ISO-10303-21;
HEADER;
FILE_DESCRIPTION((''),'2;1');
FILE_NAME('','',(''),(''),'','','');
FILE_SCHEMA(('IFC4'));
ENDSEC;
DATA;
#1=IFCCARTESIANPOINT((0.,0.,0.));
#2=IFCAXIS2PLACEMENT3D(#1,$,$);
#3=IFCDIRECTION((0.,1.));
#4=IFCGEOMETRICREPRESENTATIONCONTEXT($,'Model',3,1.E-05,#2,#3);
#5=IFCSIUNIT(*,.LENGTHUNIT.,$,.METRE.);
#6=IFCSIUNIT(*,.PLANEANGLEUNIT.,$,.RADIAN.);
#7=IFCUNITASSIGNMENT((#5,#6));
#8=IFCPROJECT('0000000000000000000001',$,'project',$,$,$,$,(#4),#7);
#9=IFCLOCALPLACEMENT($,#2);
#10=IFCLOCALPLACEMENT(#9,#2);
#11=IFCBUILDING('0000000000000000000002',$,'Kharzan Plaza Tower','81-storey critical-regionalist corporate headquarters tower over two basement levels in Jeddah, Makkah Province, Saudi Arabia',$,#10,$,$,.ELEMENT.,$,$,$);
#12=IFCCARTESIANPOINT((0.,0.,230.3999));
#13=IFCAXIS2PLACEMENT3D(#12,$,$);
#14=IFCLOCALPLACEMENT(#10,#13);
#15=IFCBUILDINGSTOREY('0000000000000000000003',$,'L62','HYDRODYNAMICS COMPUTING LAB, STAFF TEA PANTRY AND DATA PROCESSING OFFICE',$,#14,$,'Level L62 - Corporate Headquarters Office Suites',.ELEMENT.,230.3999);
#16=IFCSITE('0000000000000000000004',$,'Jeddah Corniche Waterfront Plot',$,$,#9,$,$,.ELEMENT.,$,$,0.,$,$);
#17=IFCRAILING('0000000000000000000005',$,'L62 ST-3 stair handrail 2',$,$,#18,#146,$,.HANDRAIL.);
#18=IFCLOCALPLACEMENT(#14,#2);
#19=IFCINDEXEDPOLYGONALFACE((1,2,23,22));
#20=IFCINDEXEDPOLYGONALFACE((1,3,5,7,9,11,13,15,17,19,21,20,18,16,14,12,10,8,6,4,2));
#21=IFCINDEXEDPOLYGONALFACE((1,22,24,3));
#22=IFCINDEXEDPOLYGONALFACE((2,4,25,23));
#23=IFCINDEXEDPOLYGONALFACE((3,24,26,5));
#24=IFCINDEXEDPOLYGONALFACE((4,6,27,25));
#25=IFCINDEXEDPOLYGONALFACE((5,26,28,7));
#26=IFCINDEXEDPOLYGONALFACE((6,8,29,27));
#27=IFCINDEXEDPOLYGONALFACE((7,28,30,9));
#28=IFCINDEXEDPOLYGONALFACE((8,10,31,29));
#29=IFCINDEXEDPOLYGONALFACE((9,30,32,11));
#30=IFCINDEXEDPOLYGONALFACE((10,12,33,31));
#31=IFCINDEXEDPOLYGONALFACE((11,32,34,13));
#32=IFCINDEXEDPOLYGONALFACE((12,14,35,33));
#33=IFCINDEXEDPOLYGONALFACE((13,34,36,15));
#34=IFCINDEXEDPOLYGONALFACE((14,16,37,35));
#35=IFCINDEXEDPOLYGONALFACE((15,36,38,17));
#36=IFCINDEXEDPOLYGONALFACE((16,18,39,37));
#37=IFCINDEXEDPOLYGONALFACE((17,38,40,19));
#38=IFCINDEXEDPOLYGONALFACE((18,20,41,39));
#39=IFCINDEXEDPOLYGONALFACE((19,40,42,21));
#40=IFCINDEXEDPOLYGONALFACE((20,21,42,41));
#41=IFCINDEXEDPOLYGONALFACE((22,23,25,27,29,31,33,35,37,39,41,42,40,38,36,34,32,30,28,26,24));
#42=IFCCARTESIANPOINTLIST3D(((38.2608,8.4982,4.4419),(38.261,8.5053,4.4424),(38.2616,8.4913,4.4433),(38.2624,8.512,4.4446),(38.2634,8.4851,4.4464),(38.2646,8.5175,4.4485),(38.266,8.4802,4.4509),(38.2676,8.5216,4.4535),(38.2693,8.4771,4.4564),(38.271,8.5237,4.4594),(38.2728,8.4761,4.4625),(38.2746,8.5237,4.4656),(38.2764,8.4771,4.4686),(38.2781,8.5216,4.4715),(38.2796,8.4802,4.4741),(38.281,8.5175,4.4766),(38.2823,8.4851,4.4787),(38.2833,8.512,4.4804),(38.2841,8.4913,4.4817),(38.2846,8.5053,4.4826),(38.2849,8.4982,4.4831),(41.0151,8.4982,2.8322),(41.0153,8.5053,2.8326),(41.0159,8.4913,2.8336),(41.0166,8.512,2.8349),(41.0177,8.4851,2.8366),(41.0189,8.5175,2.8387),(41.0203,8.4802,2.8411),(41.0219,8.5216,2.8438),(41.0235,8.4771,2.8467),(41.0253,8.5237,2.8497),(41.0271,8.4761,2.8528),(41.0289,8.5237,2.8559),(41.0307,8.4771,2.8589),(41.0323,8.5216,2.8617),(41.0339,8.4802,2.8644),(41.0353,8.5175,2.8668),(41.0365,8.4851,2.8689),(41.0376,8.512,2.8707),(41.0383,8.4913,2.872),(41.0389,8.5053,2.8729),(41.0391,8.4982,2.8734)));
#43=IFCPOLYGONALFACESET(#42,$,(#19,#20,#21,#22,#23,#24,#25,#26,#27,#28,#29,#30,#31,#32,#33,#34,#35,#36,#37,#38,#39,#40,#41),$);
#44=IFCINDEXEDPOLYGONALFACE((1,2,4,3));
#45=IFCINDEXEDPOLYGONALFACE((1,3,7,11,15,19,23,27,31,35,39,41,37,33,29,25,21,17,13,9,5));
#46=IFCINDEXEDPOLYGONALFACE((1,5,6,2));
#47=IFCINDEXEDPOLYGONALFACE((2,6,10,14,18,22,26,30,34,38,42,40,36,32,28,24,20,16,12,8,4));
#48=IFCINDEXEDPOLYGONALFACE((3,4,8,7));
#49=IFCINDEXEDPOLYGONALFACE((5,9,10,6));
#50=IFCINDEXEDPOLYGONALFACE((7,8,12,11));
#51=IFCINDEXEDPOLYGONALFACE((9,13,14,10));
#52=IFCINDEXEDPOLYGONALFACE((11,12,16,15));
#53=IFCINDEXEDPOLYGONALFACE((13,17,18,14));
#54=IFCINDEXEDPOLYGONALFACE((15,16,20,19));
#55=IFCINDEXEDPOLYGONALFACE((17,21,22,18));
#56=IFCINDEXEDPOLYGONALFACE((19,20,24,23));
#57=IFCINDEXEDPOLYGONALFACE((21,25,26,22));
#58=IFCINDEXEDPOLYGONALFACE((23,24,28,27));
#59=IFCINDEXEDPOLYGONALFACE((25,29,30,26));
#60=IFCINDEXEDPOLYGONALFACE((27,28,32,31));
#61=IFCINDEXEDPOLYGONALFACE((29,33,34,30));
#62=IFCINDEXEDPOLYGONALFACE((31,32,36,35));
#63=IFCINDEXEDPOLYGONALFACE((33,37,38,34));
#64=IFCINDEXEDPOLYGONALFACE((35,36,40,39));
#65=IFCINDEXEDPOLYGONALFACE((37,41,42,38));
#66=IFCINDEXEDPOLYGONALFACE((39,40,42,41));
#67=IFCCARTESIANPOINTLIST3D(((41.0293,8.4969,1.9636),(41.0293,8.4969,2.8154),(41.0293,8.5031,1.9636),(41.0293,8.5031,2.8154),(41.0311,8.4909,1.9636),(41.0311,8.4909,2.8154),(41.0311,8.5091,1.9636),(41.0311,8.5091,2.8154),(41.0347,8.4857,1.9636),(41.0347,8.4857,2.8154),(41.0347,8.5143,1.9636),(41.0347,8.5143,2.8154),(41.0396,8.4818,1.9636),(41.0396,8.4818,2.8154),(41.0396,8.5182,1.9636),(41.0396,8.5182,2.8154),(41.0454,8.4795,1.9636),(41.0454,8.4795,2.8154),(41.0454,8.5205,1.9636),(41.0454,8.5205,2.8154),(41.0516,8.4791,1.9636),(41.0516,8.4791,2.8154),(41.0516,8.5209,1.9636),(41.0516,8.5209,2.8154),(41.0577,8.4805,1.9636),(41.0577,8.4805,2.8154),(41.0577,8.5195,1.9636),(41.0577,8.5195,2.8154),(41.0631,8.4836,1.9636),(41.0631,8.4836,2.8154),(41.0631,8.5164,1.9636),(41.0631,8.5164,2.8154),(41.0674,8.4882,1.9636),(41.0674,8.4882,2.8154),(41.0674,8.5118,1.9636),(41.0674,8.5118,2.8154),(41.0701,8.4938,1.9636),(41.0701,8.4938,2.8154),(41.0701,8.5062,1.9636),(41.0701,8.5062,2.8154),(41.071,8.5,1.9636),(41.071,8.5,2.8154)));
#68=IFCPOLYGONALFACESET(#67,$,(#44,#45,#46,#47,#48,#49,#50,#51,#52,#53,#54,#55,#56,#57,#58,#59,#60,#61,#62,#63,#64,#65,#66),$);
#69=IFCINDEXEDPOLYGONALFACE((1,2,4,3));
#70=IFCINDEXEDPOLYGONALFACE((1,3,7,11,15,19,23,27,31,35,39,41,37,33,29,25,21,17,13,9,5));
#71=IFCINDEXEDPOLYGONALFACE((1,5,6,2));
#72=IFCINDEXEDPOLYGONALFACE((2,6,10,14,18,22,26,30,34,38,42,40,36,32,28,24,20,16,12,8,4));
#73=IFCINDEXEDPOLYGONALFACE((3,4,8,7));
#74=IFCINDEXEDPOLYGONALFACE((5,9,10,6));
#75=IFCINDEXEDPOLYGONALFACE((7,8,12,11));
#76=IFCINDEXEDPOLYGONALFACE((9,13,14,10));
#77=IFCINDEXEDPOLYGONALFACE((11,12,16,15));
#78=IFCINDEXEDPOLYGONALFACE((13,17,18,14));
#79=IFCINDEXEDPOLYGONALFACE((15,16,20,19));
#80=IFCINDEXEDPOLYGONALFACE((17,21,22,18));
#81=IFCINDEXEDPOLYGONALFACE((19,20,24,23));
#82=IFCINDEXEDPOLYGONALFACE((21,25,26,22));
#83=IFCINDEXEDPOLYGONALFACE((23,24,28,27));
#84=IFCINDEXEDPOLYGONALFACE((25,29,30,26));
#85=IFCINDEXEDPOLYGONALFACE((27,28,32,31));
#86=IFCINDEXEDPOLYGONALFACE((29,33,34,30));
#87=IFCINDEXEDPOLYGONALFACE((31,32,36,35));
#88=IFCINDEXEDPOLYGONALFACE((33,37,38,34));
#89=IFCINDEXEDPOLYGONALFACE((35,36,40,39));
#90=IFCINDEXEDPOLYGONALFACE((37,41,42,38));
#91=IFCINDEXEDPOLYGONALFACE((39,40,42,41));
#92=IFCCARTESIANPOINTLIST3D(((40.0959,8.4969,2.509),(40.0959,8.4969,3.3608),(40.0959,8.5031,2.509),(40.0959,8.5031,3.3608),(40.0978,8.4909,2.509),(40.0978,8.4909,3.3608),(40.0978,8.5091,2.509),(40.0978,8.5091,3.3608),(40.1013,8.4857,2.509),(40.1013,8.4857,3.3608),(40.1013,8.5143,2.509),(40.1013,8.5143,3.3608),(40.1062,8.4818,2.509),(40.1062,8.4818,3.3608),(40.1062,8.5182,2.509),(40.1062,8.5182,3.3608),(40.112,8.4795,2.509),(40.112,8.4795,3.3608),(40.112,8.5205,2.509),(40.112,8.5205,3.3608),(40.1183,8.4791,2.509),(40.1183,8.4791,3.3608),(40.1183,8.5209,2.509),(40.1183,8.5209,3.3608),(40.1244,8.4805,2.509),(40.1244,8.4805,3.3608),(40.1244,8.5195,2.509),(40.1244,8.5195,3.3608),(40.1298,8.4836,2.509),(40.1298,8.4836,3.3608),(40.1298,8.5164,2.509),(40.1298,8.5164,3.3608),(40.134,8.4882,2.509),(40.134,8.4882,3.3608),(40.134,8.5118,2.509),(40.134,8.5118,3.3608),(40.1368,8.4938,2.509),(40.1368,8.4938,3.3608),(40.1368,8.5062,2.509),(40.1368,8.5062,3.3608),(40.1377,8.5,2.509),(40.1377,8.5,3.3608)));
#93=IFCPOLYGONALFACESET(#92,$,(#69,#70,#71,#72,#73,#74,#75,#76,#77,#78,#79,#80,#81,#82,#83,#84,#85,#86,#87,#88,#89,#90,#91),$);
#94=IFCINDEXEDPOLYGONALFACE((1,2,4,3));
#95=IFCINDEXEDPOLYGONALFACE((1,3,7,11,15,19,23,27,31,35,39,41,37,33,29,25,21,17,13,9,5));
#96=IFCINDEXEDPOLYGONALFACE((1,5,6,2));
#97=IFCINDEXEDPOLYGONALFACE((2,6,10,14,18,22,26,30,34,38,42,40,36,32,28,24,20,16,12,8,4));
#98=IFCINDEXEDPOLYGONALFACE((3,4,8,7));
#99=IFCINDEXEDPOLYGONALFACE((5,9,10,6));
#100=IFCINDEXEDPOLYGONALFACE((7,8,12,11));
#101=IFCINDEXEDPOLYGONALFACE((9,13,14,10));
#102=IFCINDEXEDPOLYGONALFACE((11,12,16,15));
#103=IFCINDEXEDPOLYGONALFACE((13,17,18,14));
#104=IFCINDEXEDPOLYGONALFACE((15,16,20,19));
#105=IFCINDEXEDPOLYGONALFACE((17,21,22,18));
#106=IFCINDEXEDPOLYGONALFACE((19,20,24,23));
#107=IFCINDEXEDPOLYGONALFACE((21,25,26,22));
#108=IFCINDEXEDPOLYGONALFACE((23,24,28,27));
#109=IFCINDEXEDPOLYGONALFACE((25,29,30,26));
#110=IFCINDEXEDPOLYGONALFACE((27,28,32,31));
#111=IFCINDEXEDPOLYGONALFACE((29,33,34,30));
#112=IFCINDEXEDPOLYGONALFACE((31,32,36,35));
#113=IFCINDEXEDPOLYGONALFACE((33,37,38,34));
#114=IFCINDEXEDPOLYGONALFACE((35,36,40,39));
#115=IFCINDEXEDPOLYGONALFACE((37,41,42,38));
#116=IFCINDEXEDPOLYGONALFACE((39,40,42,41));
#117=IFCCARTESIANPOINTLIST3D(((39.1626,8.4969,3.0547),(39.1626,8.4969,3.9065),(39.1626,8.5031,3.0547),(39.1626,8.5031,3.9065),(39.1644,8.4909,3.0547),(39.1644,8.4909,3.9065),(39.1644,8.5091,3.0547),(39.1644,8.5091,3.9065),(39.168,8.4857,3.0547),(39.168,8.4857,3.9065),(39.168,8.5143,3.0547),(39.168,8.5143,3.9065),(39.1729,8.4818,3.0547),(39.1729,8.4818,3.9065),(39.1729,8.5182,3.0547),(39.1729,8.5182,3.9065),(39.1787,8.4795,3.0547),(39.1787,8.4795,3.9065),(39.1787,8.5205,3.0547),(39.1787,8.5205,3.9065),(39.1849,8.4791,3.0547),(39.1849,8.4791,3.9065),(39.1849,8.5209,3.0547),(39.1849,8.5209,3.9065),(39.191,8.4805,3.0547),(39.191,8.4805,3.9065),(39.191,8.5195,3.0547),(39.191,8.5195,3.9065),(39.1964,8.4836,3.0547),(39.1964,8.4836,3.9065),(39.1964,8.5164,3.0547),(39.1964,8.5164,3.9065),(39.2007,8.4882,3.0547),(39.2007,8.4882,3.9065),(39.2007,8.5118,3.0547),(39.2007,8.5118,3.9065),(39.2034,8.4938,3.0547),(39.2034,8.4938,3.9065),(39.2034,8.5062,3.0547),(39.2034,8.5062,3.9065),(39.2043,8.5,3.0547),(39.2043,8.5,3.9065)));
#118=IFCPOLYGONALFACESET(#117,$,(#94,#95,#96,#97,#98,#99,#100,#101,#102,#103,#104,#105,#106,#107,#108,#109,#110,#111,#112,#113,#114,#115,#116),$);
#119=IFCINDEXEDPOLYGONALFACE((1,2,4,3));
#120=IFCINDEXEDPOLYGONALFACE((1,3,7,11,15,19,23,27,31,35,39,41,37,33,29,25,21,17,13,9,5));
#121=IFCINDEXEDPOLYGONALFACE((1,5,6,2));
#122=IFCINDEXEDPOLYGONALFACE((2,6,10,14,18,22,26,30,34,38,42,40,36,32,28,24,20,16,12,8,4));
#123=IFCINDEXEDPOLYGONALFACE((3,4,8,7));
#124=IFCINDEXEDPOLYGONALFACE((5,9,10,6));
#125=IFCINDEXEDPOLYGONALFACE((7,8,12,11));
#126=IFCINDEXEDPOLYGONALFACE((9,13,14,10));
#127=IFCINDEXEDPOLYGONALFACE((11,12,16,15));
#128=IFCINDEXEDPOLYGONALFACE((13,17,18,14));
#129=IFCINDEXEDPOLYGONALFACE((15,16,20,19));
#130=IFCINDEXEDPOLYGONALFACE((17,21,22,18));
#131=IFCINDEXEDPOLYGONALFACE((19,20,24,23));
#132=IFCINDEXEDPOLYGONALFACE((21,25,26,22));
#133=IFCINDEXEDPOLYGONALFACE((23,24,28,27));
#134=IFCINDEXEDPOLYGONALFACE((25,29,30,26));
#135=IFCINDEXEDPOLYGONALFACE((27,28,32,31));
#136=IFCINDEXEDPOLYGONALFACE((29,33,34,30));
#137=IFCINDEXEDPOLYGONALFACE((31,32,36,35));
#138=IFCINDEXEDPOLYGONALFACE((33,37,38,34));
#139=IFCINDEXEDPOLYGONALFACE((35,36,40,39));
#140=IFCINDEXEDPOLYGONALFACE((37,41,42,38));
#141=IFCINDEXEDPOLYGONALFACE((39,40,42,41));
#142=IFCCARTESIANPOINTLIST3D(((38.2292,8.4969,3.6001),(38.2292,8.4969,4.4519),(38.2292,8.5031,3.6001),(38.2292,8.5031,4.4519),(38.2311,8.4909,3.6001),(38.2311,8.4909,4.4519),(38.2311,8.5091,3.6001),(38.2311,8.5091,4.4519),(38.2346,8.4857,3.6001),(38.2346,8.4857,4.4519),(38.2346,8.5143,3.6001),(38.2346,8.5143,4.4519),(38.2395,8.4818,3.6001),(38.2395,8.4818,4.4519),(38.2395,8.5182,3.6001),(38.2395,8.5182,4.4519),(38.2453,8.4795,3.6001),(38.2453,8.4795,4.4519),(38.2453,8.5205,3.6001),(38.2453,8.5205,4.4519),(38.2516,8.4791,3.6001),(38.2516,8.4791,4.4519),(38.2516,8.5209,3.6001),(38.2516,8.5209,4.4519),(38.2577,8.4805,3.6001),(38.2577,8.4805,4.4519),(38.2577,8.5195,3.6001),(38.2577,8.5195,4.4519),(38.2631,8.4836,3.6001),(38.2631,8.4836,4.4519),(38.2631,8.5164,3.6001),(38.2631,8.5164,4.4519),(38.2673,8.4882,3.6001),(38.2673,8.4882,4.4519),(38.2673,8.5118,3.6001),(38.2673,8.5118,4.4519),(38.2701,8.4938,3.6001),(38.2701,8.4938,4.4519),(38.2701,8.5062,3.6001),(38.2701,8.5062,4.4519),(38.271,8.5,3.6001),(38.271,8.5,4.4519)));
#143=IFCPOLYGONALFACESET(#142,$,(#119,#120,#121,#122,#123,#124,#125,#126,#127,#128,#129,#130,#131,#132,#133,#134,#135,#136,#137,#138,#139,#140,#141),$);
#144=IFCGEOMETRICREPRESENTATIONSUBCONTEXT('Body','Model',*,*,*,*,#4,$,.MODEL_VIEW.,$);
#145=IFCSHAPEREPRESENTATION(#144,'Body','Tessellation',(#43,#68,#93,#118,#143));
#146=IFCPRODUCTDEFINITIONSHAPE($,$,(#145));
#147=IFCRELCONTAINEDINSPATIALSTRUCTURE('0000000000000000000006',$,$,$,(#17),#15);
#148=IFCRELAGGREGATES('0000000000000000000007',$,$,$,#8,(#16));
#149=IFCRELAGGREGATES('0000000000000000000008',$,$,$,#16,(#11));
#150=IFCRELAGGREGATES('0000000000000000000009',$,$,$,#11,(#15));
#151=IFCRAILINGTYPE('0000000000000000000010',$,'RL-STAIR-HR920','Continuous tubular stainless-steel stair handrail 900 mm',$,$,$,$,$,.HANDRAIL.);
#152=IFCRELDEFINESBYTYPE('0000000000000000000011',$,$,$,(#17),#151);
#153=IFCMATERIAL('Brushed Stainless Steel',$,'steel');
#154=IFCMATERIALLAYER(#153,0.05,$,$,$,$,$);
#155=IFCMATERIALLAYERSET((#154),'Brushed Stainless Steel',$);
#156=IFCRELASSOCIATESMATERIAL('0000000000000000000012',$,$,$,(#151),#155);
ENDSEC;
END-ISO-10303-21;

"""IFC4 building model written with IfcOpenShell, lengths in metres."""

from ifc_helpers import new_model, si_unit, direction, frame, origin, origin_2d, place, context, subcontext, project, spatial, circle, extrude, source, transform, mapped, material, layer, layer_set, type_object, element, save


model = new_model("IFC4")

# Units and contexts
model_context = context("Model", 3, precision=1e-05, world=origin(), true_north=direction((0.0, 1.0)))
body_context = subcontext(model_context, "Body", "Model", "MODEL_VIEW")
ifc_project = project(units=[si_unit("LENGTHUNIT", "METRE"), si_unit("PLANEANGLEUNIT", "RADIAN")], contexts=[model_context])

# Site, building, storey
site_placement = place(None, origin())
site = spatial("IfcSite", under=ifc_project, at=site_placement, Name="Jeddah Corniche Waterfront Plot", CompositionType="ELEMENT", RefElevation=0.0)
building_placement = place(site_placement, origin())
building = spatial("IfcBuilding", under=site, at=building_placement, Name="Kharzan Plaza Tower", Description="81-storey critical-regionalist corporate headquarters tower over two basement levels in Jeddah, Makkah Province, Saudi Arabia", CompositionType="ELEMENT")
storey_placement = place(building_placement, frame((0.0, 0.0, 230.3999)))
storey = spatial("IfcBuildingStorey", under=building, at=storey_placement, Name="L62", Description="HYDRODYNAMICS COMPUTING LAB, STAFF TEA PANTRY AND DATA PROCESSING OFFICE", LongName="Level L62 - Corporate Headquarters Office Suites", CompositionType="ELEMENT", Elevation=230.3999)

# Shared definitions
ifc_material_1 = material(Name="Brushed Stainless Steel", Category="steel")

# Railing
ifc_layer_1 = layer(ifc_material_1, 0.05)
ifc_layer_set_1 = layer_set([ifc_layer_1], Name="Brushed Stainless Steel")
railing_type_1 = type_object("IfcRailingType", Name="RL-STAIR-HR920", Description="Continuous tubular stainless-steel stair handrail 900 mm", PredefinedType="HANDRAIL", material=ifc_layer_set_1)
shared_shape_1 = source(origin(), body_context, "Body", "SweptSolid", [
    extrude(circle(Radius=0.0239, at=origin_2d()), frame((-0.0229, 0.0, 0.8892), z_axis=(-0.863361, 0.0, 0.504587), x_axis=(0.0, -1.0, 0.0)), (0.0, 0.0, 1.0), 3.1902),
    extrude(circle(Radius=0.021, at=origin_2d()), origin(), (0.0, 0.0, 1.0), 0.8518),
    extrude(circle(Radius=0.021, at=origin_2d()), frame((-0.9333, 0.0, 0.5454)), (0.0, 0.0, 1.0), 0.8518),
    extrude(circle(Radius=0.021, at=origin_2d()), frame((-1.8667, 0.0, 1.0911)), (0.0, 0.0, 1.0), 0.8518),
    extrude(circle(Radius=0.021, at=origin_2d()), frame((-2.8, 0.0, 1.6365)), (0.0, 0.0, 1.0), 0.8518),
])
railing_1_placement = place(storey_placement, frame((41.05, 8.5, 1.9636)))
element("IfcRailing", 1, at=railing_1_placement, inside=storey, type_object=railing_type_1, Name="L62 ST-3 stair handrail 2", PredefinedType="HANDRAIL", context=body_context, shape_type="MappedRepresentation", body=[
    mapped(shared_shape_1, transform((0.0, 0.0, 0.0), x_axis=(1.0, 0.0, 0.0), y_axis=(0.0, 1.0, 0.0), z_axis=(0.0, 0.0, 1.0))),
])

save(model, "model.ifc")
